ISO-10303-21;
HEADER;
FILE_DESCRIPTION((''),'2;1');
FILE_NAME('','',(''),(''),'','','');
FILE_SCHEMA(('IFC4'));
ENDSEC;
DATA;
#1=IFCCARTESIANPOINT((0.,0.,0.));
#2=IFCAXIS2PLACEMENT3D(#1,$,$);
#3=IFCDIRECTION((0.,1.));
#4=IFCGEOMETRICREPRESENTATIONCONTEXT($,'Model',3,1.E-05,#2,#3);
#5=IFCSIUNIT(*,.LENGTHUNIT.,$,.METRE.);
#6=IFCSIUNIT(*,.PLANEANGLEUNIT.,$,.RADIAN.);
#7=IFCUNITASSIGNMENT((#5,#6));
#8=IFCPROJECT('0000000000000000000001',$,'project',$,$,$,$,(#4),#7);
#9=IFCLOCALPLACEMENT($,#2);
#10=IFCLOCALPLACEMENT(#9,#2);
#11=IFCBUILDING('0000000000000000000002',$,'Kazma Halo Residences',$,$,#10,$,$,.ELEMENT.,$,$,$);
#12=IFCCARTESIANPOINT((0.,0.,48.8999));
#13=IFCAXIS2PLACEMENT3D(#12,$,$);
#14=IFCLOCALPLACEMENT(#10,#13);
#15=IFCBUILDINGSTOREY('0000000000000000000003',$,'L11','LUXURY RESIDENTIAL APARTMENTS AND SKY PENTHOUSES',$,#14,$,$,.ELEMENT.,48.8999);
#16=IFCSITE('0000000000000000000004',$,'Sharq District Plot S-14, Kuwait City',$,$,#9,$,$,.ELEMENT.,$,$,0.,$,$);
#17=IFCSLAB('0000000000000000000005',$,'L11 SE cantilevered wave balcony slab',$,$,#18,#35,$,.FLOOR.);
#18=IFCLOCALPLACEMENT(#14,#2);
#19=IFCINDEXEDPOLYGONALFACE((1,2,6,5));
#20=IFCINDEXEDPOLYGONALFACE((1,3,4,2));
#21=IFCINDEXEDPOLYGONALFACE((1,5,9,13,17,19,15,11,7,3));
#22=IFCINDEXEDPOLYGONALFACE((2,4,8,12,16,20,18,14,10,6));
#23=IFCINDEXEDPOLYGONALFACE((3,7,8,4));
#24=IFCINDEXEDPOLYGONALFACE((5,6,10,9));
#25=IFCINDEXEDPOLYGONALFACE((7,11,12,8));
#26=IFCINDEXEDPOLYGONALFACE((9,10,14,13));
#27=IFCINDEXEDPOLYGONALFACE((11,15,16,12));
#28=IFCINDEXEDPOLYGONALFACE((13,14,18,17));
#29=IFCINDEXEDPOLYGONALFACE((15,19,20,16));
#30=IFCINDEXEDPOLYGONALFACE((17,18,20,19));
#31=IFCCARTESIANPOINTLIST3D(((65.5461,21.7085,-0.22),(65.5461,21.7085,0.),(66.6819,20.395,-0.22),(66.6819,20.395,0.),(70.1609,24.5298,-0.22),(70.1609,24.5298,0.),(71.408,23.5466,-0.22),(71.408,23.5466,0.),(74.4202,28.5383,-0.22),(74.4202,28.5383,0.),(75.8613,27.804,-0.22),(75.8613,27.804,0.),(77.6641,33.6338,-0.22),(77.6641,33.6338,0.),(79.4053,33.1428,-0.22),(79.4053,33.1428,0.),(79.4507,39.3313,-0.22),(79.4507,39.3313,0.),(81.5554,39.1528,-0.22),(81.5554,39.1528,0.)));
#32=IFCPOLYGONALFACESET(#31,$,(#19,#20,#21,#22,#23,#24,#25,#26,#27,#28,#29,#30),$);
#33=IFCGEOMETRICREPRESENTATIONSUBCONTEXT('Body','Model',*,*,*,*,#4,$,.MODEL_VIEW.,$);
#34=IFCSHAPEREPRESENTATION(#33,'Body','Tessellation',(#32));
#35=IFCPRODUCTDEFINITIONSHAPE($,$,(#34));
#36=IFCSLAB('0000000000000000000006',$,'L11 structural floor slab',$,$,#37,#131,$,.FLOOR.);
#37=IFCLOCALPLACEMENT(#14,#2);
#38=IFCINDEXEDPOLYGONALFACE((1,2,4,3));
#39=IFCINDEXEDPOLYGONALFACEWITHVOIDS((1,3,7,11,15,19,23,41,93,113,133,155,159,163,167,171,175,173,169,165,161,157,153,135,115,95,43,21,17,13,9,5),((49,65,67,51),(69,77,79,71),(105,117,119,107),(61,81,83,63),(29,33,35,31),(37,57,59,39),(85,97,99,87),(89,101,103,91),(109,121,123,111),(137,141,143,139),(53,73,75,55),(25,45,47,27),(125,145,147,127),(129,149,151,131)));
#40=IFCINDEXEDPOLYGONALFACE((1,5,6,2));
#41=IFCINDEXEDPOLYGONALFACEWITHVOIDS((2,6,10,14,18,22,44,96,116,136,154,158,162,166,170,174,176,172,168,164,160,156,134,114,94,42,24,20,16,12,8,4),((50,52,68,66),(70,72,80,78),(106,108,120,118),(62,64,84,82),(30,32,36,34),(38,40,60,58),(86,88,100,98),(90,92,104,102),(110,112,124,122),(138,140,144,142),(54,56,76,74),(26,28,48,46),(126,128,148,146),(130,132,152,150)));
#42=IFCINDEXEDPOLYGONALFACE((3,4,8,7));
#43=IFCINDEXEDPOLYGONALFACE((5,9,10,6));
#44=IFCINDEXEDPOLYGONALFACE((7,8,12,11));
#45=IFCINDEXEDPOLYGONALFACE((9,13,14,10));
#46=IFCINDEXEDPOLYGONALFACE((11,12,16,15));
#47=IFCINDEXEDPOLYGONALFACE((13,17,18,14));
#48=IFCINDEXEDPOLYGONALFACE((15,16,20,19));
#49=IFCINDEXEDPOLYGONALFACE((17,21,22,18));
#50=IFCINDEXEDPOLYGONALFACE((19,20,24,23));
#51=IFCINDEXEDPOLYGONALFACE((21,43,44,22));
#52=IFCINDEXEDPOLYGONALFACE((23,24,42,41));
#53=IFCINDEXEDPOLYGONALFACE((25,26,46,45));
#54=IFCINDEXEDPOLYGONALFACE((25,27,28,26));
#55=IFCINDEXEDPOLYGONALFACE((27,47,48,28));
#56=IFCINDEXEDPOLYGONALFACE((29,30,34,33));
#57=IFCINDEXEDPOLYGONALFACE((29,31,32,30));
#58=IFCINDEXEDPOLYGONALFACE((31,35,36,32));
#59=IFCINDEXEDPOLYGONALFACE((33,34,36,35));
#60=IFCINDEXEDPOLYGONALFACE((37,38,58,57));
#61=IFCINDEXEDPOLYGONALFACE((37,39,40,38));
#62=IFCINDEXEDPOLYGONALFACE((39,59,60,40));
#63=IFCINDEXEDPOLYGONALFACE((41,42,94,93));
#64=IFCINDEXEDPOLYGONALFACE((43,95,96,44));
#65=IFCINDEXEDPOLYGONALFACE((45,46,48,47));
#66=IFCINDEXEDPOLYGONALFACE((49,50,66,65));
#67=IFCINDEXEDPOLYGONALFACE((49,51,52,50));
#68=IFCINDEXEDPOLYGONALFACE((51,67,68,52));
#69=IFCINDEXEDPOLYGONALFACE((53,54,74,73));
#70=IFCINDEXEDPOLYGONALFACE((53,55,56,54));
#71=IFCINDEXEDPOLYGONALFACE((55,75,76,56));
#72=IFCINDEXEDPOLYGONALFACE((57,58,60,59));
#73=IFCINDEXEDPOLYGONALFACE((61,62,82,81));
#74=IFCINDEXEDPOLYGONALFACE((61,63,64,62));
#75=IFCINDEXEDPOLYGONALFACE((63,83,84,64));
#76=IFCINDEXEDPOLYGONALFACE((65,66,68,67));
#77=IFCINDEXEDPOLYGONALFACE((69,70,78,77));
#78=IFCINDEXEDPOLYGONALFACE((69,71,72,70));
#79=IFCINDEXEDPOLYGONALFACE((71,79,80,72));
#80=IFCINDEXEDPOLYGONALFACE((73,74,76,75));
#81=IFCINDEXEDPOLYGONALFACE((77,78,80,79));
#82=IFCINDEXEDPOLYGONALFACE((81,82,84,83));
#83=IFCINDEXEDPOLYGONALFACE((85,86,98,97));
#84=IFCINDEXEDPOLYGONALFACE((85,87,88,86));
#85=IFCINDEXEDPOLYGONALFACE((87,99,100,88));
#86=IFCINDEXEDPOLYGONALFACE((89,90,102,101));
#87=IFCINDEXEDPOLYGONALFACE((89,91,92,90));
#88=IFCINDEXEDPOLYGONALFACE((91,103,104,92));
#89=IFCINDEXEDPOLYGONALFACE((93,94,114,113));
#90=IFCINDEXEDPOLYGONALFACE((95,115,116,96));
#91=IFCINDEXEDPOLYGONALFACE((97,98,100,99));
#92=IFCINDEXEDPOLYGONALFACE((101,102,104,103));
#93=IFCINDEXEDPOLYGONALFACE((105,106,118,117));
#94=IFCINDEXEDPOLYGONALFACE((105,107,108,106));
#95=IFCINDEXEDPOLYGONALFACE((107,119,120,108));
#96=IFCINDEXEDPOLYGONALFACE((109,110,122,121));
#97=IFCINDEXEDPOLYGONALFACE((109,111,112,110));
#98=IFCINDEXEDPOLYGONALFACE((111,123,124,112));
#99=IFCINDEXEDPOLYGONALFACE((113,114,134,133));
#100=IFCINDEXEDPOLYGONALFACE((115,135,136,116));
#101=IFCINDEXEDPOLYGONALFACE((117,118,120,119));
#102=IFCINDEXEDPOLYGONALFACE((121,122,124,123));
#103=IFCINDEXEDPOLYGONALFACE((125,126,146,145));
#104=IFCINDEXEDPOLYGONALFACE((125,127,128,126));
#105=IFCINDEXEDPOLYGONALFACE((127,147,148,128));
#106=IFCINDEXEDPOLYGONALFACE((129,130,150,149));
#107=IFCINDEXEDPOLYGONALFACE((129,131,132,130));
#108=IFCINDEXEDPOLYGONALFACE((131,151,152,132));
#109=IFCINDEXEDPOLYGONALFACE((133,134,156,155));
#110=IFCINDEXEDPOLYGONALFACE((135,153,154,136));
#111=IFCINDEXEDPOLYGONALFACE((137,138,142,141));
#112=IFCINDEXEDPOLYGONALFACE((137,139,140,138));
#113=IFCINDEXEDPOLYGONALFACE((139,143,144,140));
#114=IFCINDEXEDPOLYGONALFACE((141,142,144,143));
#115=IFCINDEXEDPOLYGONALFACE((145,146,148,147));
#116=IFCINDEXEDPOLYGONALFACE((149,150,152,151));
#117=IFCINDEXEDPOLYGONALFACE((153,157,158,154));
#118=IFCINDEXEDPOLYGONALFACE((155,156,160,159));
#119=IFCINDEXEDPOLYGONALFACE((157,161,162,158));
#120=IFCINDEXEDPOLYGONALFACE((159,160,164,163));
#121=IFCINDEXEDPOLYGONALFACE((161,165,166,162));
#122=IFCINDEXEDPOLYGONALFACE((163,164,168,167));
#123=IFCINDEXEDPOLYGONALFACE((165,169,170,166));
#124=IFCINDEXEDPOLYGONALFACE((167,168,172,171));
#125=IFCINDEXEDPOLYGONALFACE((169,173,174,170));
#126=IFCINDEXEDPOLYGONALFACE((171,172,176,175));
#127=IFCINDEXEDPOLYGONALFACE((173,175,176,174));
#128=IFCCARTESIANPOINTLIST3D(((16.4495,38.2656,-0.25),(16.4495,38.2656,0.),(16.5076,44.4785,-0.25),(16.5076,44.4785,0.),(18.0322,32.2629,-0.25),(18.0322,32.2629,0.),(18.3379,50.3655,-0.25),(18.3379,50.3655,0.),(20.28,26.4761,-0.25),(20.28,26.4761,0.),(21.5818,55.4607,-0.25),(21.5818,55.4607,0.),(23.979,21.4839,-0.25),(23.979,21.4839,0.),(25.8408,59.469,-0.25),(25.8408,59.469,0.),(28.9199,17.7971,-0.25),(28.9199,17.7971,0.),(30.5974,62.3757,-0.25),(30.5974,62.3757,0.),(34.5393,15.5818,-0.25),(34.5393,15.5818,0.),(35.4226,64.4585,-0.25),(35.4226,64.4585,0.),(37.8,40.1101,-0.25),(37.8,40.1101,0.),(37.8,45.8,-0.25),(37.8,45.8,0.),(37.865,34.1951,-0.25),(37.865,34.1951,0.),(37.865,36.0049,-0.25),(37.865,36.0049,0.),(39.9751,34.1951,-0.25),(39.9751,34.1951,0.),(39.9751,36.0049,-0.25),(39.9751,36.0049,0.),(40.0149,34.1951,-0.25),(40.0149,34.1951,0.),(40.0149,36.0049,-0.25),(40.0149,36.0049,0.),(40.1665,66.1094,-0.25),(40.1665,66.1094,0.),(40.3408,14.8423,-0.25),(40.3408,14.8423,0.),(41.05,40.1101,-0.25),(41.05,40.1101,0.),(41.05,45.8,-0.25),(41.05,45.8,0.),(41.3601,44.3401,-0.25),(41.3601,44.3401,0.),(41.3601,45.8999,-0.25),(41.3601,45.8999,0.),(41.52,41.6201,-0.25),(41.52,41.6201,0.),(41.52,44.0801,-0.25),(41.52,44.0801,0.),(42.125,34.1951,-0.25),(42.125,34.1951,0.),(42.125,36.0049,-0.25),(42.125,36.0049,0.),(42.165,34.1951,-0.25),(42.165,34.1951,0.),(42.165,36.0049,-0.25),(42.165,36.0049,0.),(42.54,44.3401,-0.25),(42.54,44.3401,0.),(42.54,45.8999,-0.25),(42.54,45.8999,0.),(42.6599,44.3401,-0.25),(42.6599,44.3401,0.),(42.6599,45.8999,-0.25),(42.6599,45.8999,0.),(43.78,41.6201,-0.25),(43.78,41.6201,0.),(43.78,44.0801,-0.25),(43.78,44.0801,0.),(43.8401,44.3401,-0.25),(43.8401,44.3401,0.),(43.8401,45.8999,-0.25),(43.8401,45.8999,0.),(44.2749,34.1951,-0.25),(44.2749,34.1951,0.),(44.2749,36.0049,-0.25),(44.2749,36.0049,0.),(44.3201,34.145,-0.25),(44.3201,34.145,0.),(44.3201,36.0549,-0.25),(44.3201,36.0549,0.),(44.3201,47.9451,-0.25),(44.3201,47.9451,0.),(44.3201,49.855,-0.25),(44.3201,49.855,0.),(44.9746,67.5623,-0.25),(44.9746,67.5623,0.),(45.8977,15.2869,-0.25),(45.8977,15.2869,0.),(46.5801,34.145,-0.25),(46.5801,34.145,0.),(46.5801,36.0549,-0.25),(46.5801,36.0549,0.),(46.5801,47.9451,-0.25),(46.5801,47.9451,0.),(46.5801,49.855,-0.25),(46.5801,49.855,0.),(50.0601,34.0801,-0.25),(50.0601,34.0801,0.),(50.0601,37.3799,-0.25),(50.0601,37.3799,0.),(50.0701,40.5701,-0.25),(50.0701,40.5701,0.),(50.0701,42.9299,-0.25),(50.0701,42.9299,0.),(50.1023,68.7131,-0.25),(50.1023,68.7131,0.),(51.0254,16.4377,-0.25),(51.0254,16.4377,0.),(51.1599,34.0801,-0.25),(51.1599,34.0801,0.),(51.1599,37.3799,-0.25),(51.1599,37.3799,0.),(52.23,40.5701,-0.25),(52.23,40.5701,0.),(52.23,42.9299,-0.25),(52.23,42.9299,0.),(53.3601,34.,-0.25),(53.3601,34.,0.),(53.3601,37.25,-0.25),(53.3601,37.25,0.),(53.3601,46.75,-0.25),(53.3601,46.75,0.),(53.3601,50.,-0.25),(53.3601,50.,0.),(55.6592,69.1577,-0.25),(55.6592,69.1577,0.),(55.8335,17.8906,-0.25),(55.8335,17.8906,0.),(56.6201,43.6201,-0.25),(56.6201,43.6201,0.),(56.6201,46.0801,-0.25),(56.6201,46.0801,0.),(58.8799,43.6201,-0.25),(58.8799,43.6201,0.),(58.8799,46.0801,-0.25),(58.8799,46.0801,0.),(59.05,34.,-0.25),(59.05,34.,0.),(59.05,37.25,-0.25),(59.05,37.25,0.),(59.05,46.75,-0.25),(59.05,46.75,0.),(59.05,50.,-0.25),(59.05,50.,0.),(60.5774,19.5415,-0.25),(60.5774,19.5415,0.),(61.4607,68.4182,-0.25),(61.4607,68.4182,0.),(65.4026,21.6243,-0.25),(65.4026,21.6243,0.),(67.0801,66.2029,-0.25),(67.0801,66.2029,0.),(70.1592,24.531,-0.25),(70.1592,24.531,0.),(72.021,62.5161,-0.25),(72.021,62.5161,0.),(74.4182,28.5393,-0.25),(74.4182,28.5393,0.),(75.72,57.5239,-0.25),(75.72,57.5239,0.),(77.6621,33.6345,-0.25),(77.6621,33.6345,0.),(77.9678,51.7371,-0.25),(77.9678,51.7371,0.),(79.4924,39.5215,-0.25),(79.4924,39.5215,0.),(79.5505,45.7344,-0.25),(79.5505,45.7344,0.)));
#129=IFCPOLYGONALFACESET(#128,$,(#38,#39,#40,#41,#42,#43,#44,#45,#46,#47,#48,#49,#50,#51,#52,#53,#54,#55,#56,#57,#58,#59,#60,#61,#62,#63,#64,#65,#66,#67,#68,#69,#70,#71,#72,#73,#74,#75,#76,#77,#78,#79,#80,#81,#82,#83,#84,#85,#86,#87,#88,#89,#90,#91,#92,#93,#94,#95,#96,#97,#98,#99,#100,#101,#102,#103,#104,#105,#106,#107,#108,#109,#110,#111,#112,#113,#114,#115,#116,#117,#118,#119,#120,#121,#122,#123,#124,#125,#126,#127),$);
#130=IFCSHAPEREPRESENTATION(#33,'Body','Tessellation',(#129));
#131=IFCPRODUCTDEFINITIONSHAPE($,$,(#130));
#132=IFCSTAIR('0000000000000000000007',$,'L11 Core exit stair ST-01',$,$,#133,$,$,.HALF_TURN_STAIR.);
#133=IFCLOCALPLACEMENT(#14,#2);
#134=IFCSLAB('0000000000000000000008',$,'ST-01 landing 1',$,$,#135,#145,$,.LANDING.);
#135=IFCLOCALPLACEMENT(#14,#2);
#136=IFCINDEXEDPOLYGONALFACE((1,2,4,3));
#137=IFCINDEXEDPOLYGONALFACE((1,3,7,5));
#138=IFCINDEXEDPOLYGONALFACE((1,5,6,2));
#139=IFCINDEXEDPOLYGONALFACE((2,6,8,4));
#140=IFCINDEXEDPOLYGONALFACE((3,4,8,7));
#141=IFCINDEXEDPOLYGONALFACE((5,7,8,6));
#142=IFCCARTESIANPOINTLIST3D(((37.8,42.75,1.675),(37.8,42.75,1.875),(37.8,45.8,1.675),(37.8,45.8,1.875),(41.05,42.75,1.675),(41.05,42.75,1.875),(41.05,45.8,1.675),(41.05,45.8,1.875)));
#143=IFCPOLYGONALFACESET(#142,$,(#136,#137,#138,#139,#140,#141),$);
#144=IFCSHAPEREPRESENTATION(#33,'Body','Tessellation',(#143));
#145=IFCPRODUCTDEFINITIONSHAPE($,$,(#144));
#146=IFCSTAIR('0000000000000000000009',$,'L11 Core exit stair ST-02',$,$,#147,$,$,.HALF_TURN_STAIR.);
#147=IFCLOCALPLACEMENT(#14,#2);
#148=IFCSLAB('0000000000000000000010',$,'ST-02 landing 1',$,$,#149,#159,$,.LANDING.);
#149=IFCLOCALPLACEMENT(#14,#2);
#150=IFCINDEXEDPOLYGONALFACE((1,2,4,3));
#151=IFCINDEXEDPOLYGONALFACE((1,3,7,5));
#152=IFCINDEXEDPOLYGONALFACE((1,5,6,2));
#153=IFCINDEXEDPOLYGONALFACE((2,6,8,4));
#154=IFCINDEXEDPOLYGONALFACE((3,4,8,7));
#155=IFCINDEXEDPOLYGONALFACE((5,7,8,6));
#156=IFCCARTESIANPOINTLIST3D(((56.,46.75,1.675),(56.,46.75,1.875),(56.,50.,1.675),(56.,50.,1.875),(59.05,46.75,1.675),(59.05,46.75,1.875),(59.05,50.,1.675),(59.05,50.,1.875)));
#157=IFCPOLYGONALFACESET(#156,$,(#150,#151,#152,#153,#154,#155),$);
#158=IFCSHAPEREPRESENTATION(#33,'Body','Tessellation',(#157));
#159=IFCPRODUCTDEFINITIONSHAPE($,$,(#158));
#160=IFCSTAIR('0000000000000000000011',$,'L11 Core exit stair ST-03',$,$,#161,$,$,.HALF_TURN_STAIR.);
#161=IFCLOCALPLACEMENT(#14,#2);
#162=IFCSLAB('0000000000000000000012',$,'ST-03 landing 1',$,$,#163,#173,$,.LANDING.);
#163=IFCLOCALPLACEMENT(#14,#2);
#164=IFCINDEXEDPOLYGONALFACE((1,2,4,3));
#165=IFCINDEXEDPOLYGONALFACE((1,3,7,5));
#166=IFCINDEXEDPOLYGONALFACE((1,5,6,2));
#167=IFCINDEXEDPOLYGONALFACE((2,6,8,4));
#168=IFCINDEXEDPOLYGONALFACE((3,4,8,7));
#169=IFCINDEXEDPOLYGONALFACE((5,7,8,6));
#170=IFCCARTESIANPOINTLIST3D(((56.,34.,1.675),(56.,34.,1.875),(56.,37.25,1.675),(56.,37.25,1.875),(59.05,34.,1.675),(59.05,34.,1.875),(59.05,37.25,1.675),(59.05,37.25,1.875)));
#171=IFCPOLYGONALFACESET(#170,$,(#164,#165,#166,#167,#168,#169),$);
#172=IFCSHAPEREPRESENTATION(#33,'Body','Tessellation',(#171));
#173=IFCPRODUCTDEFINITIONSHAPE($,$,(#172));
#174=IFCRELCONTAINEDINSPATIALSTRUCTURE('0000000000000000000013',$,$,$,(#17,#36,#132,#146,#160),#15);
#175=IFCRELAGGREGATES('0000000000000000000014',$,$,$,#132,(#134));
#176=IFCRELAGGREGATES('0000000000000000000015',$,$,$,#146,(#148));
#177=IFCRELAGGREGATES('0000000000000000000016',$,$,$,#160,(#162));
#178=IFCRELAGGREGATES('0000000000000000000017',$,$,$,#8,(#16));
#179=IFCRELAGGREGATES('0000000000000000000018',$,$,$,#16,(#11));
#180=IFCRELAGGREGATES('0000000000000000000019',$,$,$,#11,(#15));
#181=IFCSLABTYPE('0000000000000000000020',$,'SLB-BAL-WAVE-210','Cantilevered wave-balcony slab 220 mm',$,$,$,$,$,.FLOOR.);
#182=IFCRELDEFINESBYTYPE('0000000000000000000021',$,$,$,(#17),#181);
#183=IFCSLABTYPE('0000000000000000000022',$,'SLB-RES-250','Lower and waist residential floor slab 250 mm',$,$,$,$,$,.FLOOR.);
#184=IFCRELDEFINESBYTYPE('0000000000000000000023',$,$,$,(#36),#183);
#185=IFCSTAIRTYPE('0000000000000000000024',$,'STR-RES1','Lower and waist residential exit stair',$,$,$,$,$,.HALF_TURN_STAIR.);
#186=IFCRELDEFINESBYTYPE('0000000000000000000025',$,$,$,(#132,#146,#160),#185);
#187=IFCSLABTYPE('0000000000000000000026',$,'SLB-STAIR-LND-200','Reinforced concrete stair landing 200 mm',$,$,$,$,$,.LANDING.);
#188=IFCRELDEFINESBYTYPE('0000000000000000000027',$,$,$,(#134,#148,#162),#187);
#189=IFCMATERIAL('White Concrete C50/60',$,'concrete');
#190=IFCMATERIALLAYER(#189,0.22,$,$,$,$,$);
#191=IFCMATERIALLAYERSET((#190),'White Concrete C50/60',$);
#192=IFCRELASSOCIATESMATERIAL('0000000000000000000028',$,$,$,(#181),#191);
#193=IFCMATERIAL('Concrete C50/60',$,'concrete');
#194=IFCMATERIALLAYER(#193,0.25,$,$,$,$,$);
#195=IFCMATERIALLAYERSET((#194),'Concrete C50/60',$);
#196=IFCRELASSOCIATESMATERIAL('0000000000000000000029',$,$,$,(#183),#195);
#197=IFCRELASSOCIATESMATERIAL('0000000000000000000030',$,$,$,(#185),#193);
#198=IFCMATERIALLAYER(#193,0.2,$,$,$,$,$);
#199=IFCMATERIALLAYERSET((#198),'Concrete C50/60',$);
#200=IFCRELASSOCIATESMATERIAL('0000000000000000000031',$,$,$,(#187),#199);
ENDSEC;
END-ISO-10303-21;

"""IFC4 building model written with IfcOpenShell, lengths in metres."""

from ifc_helpers import new_model, si_unit, direction, frame, origin, place, context, subcontext, project, spatial, polyline, outline, extrude, material, layer, layer_set, type_object, element, aggregate, save


model = new_model("IFC4")

# Units and contexts
model_context = context("Model", 3, precision=1e-05, world=origin(), true_north=direction((0.0, 1.0)))
body_context = subcontext(model_context, "Body", "Model", "MODEL_VIEW")
ifc_project = project(units=[si_unit("LENGTHUNIT", "METRE"), si_unit("PLANEANGLEUNIT", "RADIAN")], contexts=[model_context])

# Site, building, storey
site_placement = place(None, origin())
site = spatial("IfcSite", under=ifc_project, at=site_placement, Name="Sharq District Plot S-14, Kuwait City", CompositionType="ELEMENT", RefElevation=0.0)
building_placement = place(site_placement, origin())
building = spatial("IfcBuilding", under=site, at=building_placement, Name="Kazma Halo Residences", CompositionType="ELEMENT")
storey_placement = place(building_placement, frame((0.0, 0.0, 48.8999)))
storey = spatial("IfcBuildingStorey", under=building, at=storey_placement, Name="L11", Description="LUXURY RESIDENTIAL APARTMENTS AND SKY PENTHOUSES", CompositionType="ELEMENT", Elevation=48.8999)

# Slabs
ifc_material_1 = material(Name="White Concrete C50/60", Category="concrete")
ifc_layer_1 = layer(ifc_material_1, 0.22)
ifc_layer_set_1 = layer_set([ifc_layer_1], Name="White Concrete C50/60")
slab_type_1 = type_object("IfcSlabType", Name="SLB-BAL-WAVE-210", Description="Cantilevered wave-balcony slab 220 mm", PredefinedType="FLOOR", material=ifc_layer_set_1)
slab_1_placement = place(storey_placement, frame((0.0, 0.0, -0.22)))
element("IfcSlab", 1, at=slab_1_placement, inside=storey, type_object=slab_type_1, Name="L11 SE cantilevered wave balcony slab", PredefinedType="FLOOR", context=body_context, shape_type="SweptSolid", body=[
    extrude(outline(polyline([(65.5461, 21.7085), (70.1609, 24.5298), (74.4202, 28.5383), (77.6641, 33.6338), (79.4507, 39.3313), (81.5554, 39.1528), (79.4053, 33.1428), (75.8613, 27.804), (71.408, 23.5466), (66.6819, 20.395), (65.5461, 21.7085)])), origin(), (0.0, 0.0, 1.0), 0.22),
])
ifc_material_2 = material(Name="Concrete C50/60", Category="concrete")
ifc_layer_2 = layer(ifc_material_2, 0.25)
ifc_layer_set_2 = layer_set([ifc_layer_2], Name="Concrete C50/60")
slab_type_2 = type_object("IfcSlabType", Name="SLB-RES-250", Description="Lower and waist residential floor slab 250 mm", PredefinedType="FLOOR", material=ifc_layer_set_2)
slab_2_placement = place(storey_placement, frame((0.0, 0.0, -0.25)))
element("IfcSlab", 2, at=slab_2_placement, inside=storey, type_object=slab_type_2, Name="L11 structural floor slab", PredefinedType="FLOOR", context=body_context, shape_type="SweptSolid", body=[
    extrude(outline(polyline([(77.9678, 51.7371), (75.72, 57.5239), (72.021, 62.5161), (67.0801, 66.2029), (61.4607, 68.4182), (55.6592, 69.1577), (50.1023, 68.7131), (44.9746, 67.5623), (40.1665, 66.1094), (35.4226, 64.4585), (30.5974, 62.3757), (25.8408, 59.469), (21.5818, 55.4607), (18.3379, 50.3655), (16.5076, 44.4785), (16.4495, 38.2656), (18.0322, 32.2629), (20.28, 26.4761), (23.979, 21.4839), (28.9199, 17.7971), (34.5393, 15.5818), (40.3408, 14.8423), (45.8977, 15.2869), (51.0254, 16.4377), (55.8335, 17.8906), (60.5774, 19.5415), (65.4026, 21.6243), (70.1592, 24.531), (74.4182, 28.5393), (77.6621, 33.6345), (79.4924, 39.5215), (79.5505, 45.7344), (77.9678, 51.7371)]), holes=[polyline([(37.8, 40.1101), (41.05, 40.1101), (41.05, 45.8), (37.8, 45.8), (37.8, 40.1101)]), polyline([(53.3601, 46.75), (59.05, 46.75), (59.05, 50.0), (53.3601, 50.0), (53.3601, 46.75)]), polyline([(53.3601, 34.0), (59.05, 34.0), (59.05, 37.25), (53.3601, 37.25), (53.3601, 34.0)]), polyline([(41.52, 41.6201), (43.78, 41.6201), (43.78, 44.0801), (41.52, 44.0801), (41.52, 41.6201)]), polyline([(56.6201, 43.6201), (58.8799, 43.6201), (58.8799, 46.0801), (56.6201, 46.0801), (56.6201, 43.6201)]), polyline([(37.865, 34.1951), (39.9751, 34.1951), (39.9751, 36.0049), (37.865, 36.0049), (37.865, 34.1951)]), polyline([(40.0149, 34.1951), (42.125, 34.1951), (42.125, 36.0049), (40.0149, 36.0049), (40.0149, 34.1951)]), polyline([(42.165, 34.1951), (44.2749, 34.1951), (44.2749, 36.0049), (42.165, 36.0049), (42.165, 34.1951)]), polyline([(44.3201, 47.9451), (46.5801, 47.9451), (46.5801, 49.855), (44.3201, 49.855), (44.3201, 47.9451)]), polyline([(44.3201, 34.145), (46.5801, 34.145), (46.5801, 36.0549), (44.3201, 36.0549), (44.3201, 34.145)]), polyline([(50.0701, 40.5701), (52.23, 40.5701), (52.23, 42.9299), (50.0701, 42.9299), (50.0701, 40.5701)]), polyline([(41.3601, 44.3401), (42.54, 44.3401), (42.54, 45.8999), (41.3601, 45.8999), (41.3601, 44.3401)]), polyline([(42.6599, 44.3401), (43.8401, 44.3401), (43.8401, 45.8999), (42.6599, 45.8999), (42.6599, 44.3401)]), polyline([(50.0601, 34.0801), (51.1599, 34.0801), (51.1599, 37.3799), (50.0601, 37.3799), (50.0601, 34.0801)])]), origin(), (0.0, 0.0, 1.0), 0.25),
])

# Stairs, slabs
stair_type = type_object("IfcStairType", Name="STR-RES1", Description="Lower and waist residential exit stair", PredefinedType="HALF_TURN_STAIR", material=ifc_material_2)
stair_1_placement = place(storey_placement, origin())
stair_1 = element("IfcStair", 3, at=stair_1_placement, inside=storey, type_object=stair_type, Name="L11 Core exit stair ST-01", PredefinedType="HALF_TURN_STAIR")
ifc_layer_3 = layer(ifc_material_2, 0.2)
ifc_layer_set_3 = layer_set([ifc_layer_3], Name="Concrete C50/60")
slab_type_3 = type_object("IfcSlabType", Name="SLB-STAIR-LND-200", Description="Reinforced concrete stair landing 200 mm", PredefinedType="LANDING", material=ifc_layer_set_3)
slab_3_placement = place(storey_placement, frame((0.0, 0.0, 1.675)))
slab_3 = element("IfcSlab", 4, at=slab_3_placement, type_object=slab_type_3, Name="ST-01 landing 1", PredefinedType="LANDING", context=body_context, shape_type="SweptSolid", body=[
    extrude(outline(polyline([(41.05, 42.75), (41.05, 45.8), (37.8, 45.8), (37.8, 42.75), (41.05, 42.75)])), origin(), (0.0, 0.0, 1.0), 0.2),
])
aggregate(stair_1, [slab_3])
stair_2_placement = place(storey_placement, origin())
stair_2 = element("IfcStair", 5, at=stair_2_placement, inside=storey, type_object=stair_type, Name="L11 Core exit stair ST-02", PredefinedType="HALF_TURN_STAIR")
slab_4_placement = place(storey_placement, frame((0.0, 0.0, 1.675)))
slab_4 = element("IfcSlab", 6, at=slab_4_placement, type_object=slab_type_3, Name="ST-02 landing 1", PredefinedType="LANDING", context=body_context, shape_type="SweptSolid", body=[
    extrude(outline(polyline([(56.0, 46.75), (59.05, 46.75), (59.05, 50.0), (56.0, 50.0), (56.0, 46.75)])), origin(), (0.0, 0.0, 1.0), 0.2),
])
aggregate(stair_2, [slab_4])
stair_3_placement = place(storey_placement, origin())
stair_3 = element("IfcStair", 7, at=stair_3_placement, inside=storey, type_object=stair_type, Name="L11 Core exit stair ST-03", PredefinedType="HALF_TURN_STAIR")
slab_5_placement = place(storey_placement, frame((0.0, 0.0, 1.675)))
slab_5 = element("IfcSlab", 8, at=slab_5_placement, type_object=slab_type_3, Name="ST-03 landing 1", PredefinedType="LANDING", context=body_context, shape_type="SweptSolid", body=[
    extrude(outline(polyline([(56.0, 34.0), (59.05, 34.0), (59.05, 37.25), (56.0, 37.25), (56.0, 34.0)])), origin(), (0.0, 0.0, 1.0), 0.2),
])
aggregate(stair_3, [slab_5])

save(model, "model.ifc")
